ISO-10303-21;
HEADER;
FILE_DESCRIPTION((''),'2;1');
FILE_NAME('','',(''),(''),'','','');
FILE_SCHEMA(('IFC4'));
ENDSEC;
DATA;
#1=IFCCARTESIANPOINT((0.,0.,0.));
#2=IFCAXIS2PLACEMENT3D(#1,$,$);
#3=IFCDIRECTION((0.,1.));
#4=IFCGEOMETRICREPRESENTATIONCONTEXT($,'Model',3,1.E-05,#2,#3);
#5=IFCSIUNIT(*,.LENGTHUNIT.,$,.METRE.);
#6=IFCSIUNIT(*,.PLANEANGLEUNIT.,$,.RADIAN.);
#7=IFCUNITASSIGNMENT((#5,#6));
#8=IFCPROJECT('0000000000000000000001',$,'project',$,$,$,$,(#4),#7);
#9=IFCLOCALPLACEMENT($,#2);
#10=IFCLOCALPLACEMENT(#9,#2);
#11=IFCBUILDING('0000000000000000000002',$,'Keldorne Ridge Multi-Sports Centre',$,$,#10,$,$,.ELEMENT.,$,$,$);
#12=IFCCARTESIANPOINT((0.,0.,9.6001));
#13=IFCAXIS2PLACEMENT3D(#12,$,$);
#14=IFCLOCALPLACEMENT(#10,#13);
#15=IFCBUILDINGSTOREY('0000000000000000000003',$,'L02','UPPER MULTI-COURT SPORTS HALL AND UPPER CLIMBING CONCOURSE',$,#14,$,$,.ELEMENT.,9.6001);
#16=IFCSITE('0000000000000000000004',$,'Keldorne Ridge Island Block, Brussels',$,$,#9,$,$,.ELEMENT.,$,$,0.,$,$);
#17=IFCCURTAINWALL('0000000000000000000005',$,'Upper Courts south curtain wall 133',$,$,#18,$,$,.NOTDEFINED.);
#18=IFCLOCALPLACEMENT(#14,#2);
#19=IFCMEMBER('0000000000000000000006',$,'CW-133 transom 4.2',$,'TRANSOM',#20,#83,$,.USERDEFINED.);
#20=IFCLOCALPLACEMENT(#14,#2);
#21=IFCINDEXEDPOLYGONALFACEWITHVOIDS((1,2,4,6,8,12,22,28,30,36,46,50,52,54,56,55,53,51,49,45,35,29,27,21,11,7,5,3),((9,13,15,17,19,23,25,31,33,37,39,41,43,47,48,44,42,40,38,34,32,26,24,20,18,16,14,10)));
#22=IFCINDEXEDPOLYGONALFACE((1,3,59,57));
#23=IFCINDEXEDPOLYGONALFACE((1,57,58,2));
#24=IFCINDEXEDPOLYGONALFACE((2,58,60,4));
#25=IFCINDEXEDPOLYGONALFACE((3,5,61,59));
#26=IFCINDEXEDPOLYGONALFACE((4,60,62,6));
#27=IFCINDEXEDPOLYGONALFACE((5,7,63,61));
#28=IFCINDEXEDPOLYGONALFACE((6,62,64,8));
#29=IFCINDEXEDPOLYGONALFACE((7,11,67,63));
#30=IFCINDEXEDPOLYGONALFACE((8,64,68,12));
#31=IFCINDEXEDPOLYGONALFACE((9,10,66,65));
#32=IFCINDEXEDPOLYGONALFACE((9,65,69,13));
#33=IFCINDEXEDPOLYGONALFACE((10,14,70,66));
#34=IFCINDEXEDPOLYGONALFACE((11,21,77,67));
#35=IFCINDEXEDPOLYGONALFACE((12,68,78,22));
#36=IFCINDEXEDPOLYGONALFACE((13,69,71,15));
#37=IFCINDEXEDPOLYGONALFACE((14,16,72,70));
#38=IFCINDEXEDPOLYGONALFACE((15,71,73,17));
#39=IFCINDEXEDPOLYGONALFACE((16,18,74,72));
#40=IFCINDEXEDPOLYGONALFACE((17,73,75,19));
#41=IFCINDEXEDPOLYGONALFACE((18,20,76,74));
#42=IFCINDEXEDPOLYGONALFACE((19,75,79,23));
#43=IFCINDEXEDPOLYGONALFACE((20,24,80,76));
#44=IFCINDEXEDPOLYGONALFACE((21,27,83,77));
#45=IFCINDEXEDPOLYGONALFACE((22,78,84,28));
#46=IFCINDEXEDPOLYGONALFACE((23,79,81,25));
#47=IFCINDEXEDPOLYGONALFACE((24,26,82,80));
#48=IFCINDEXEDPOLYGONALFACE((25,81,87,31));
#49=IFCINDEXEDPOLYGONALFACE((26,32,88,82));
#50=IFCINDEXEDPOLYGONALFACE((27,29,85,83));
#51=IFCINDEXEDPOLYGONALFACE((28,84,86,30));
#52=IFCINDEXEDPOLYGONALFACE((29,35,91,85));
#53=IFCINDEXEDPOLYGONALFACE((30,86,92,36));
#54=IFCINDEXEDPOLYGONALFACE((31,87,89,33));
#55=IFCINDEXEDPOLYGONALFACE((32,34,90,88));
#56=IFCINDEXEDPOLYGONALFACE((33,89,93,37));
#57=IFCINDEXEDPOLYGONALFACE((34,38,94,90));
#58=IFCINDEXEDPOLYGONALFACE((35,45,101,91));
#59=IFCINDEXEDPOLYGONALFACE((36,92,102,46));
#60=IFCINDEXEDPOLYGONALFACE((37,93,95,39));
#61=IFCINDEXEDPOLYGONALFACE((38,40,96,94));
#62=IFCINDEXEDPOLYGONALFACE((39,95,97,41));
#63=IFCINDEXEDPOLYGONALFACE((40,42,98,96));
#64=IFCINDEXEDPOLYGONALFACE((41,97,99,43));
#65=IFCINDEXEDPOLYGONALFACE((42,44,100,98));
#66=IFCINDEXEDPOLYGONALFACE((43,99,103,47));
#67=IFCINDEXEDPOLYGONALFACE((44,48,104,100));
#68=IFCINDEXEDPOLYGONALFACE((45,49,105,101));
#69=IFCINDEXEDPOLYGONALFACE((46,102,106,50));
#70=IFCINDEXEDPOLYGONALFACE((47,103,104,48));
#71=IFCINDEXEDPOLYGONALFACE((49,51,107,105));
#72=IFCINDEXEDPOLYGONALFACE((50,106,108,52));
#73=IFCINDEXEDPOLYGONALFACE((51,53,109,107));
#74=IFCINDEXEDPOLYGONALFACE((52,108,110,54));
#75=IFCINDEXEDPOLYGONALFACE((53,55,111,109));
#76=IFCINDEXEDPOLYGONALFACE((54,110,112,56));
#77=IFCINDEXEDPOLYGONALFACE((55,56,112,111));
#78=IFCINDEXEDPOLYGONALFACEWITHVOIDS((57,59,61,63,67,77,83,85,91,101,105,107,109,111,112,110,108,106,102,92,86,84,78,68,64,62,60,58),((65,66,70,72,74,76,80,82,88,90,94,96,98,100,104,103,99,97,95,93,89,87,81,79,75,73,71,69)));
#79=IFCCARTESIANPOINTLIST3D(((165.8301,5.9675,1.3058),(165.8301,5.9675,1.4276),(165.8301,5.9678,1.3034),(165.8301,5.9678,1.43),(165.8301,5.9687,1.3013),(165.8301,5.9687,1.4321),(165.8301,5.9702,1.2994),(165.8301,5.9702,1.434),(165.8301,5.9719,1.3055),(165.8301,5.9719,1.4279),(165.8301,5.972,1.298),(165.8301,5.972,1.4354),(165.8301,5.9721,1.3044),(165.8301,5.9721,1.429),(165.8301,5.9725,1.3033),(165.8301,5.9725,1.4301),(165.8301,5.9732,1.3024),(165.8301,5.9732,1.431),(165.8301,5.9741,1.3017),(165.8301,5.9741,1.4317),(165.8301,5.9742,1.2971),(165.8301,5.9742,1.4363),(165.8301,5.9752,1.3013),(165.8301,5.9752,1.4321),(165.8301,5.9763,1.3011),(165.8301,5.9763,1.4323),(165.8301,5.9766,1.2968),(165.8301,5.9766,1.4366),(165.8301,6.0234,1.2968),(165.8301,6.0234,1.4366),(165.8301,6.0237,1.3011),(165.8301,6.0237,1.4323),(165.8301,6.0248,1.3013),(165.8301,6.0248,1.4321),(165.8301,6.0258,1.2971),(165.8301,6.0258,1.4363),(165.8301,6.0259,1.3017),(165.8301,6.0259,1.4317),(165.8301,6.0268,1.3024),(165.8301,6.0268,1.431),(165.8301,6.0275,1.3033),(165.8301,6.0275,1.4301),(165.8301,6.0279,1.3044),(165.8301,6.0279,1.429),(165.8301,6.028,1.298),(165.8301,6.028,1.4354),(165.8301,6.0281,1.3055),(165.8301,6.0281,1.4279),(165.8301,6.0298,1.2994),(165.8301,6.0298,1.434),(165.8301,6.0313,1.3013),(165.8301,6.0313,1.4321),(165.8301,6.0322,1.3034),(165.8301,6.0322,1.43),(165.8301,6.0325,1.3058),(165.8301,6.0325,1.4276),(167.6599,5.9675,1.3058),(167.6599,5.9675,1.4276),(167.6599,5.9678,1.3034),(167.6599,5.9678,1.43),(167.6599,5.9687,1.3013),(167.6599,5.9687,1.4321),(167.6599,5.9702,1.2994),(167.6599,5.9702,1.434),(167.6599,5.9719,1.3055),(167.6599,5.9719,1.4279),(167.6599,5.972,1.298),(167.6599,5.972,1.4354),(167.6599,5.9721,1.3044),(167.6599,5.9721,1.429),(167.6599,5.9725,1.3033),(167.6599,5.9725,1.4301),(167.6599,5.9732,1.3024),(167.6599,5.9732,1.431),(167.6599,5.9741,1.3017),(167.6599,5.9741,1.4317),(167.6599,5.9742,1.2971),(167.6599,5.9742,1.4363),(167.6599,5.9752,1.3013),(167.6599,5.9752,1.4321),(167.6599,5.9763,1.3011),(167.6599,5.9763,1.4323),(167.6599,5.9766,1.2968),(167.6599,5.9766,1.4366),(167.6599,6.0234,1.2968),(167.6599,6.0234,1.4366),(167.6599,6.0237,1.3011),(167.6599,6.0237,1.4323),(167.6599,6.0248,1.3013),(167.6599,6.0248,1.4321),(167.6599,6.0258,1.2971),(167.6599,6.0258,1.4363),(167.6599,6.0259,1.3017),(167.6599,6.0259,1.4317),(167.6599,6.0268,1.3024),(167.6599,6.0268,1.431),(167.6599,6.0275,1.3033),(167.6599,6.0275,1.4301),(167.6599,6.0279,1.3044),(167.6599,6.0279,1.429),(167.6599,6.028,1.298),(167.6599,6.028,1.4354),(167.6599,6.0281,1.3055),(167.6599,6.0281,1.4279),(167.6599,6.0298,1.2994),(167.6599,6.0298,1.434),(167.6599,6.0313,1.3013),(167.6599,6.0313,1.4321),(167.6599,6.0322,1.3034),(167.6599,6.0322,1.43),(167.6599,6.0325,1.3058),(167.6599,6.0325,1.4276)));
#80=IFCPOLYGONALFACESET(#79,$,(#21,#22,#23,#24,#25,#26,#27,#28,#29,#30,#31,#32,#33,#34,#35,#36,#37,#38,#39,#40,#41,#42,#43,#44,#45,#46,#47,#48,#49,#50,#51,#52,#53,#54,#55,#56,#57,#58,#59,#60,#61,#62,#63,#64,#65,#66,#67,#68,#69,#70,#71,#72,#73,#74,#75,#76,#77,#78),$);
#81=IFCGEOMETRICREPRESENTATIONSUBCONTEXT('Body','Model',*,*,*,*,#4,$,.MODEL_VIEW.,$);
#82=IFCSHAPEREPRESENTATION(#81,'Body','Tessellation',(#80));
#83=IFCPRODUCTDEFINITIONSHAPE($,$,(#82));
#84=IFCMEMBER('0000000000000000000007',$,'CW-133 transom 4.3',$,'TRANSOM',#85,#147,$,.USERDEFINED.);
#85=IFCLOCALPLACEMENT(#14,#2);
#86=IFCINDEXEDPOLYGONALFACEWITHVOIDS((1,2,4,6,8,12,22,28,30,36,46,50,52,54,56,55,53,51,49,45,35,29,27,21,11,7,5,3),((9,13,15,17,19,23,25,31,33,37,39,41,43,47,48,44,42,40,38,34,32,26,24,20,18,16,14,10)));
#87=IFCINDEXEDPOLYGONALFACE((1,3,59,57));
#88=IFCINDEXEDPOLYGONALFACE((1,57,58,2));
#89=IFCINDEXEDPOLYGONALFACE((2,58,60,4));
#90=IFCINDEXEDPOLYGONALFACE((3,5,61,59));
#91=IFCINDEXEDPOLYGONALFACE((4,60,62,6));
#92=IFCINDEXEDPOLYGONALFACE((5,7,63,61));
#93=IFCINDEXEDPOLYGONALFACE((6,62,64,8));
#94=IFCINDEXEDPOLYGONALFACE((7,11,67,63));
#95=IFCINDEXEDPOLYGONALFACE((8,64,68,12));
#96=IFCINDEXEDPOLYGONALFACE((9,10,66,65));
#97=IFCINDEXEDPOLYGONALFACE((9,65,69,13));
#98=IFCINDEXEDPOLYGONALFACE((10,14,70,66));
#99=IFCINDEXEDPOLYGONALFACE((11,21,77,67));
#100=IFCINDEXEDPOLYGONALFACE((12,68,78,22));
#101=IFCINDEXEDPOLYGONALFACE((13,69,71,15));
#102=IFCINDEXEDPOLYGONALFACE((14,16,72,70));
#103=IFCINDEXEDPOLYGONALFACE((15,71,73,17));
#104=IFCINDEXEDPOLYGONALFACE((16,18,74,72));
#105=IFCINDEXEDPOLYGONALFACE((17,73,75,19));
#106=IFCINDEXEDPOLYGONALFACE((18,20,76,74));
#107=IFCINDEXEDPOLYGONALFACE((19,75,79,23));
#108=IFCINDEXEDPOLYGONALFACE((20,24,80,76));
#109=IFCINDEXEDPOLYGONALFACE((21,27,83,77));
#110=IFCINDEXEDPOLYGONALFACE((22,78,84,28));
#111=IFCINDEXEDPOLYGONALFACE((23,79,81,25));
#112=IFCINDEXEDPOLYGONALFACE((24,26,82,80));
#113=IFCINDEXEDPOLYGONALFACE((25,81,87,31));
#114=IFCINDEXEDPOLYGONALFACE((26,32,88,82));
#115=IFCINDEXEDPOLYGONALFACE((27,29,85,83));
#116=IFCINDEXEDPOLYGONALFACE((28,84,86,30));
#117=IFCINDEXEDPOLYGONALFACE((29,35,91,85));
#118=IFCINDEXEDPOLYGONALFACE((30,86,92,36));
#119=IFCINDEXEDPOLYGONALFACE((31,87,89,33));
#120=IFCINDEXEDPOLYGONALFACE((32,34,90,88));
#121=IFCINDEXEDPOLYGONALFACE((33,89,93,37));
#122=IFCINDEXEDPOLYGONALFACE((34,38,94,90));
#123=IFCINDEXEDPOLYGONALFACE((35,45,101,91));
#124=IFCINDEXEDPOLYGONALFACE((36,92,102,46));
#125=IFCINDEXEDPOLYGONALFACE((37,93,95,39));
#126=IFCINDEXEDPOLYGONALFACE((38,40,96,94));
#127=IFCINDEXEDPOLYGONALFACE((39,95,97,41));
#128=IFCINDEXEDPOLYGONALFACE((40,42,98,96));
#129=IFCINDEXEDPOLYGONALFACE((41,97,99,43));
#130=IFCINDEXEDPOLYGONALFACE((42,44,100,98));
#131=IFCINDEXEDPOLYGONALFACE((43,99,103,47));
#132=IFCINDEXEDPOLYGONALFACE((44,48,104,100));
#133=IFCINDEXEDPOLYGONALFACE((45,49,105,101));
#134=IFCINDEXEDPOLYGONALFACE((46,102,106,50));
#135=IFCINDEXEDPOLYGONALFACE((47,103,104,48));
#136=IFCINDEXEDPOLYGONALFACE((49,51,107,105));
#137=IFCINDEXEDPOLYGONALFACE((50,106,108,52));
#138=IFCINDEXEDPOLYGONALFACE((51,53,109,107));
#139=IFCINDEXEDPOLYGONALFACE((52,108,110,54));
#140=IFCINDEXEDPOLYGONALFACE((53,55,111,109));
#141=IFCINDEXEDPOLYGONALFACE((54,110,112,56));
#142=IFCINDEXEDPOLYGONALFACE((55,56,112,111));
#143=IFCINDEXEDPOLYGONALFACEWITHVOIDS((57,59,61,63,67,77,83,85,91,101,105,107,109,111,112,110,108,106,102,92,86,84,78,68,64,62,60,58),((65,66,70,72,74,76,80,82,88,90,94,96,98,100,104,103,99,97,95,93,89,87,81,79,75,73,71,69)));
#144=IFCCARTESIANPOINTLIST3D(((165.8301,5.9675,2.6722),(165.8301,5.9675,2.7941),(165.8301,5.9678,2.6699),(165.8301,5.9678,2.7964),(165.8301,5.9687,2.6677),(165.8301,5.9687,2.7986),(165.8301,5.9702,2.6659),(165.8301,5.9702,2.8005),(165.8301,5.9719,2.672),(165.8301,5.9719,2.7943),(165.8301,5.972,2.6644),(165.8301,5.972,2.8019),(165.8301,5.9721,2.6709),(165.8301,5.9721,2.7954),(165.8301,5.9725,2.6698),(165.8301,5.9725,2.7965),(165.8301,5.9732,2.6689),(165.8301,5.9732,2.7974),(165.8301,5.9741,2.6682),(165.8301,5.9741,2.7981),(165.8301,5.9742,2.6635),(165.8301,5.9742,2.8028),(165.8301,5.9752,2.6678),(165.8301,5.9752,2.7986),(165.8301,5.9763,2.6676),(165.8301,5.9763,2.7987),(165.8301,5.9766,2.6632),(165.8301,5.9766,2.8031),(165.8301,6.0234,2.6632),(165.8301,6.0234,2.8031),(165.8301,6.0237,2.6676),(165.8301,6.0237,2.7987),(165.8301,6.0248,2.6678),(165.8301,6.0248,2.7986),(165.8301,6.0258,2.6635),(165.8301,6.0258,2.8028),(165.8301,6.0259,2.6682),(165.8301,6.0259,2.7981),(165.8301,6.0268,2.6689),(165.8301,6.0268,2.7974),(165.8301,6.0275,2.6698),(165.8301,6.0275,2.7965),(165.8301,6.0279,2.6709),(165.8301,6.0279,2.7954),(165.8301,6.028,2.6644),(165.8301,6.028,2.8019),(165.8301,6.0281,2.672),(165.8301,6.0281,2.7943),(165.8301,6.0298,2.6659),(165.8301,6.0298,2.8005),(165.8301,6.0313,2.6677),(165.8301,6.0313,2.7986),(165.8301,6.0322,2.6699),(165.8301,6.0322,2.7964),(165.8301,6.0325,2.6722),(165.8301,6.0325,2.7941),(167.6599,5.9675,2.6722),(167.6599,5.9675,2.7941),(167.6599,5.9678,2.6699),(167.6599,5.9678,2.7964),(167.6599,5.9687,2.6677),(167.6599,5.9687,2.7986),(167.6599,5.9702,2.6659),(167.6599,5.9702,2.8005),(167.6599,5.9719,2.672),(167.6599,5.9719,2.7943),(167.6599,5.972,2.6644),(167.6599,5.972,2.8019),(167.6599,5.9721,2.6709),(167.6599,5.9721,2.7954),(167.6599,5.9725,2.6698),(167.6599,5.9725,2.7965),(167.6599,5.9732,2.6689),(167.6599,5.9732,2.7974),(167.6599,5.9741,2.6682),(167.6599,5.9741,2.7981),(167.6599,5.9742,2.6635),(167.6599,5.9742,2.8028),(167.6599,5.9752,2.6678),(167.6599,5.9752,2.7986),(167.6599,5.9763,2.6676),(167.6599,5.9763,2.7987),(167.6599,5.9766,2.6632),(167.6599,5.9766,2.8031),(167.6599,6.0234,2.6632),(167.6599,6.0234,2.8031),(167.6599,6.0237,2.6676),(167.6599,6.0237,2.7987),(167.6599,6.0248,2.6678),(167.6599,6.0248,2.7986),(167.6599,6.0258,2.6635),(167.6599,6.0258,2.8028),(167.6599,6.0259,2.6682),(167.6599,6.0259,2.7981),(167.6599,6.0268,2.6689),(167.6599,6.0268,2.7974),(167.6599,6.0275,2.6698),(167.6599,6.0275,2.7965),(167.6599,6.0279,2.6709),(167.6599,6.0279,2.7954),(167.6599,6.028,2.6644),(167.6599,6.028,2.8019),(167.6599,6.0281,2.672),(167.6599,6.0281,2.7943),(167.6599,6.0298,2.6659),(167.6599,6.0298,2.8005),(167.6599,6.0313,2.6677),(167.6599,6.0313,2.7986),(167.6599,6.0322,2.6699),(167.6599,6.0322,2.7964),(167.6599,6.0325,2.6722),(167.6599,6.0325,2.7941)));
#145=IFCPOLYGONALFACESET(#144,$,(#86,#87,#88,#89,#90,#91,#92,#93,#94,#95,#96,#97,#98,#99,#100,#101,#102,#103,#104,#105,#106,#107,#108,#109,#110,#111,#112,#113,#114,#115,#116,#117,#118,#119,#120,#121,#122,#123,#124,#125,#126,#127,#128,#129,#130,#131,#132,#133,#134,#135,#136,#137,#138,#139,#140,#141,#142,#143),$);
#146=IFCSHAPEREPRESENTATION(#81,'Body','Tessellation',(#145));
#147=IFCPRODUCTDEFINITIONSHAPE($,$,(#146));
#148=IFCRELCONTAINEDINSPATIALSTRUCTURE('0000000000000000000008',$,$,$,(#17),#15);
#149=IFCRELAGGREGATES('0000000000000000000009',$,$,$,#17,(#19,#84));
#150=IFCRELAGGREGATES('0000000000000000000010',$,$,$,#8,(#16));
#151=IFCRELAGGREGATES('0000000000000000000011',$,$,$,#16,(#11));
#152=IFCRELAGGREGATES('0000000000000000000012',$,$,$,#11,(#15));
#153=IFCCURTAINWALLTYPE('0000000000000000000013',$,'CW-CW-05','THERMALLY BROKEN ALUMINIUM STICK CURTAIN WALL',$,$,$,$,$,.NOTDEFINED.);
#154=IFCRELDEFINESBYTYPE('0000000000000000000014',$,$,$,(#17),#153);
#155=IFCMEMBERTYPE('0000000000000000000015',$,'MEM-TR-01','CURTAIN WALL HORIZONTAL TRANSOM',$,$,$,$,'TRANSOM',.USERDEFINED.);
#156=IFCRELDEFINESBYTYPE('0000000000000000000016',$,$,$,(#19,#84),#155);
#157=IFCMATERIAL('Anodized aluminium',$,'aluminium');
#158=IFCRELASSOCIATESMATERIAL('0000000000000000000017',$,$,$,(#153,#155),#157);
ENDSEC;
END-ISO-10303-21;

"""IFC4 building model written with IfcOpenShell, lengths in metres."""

from ifc_helpers import new_model, si_unit, direction, frame, origin, origin_2d, place, context, subcontext, project, spatial, hollow_rectangle, extrude, material, material_profile, profile_set, type_object, element, aggregate, save


model = new_model("IFC4")

# Units and contexts
model_context = context("Model", 3, precision=1e-05, world=origin(), true_north=direction((0.0, 1.0)))
body_context = subcontext(model_context, "Body", "Model", "MODEL_VIEW")
ifc_project = project(units=[si_unit("LENGTHUNIT", "METRE"), si_unit("PLANEANGLEUNIT", "RADIAN")], contexts=[model_context])

# Site, building, storey
site_placement = place(None, origin())
site = spatial("IfcSite", under=ifc_project, at=site_placement, Name="Keldorne Ridge Island Block, Brussels", CompositionType="ELEMENT", RefElevation=0.0)
building_placement = place(site_placement, origin())
building = spatial("IfcBuilding", under=site, at=building_placement, Name="Keldorne Ridge Multi-Sports Centre", CompositionType="ELEMENT")
storey_placement = place(building_placement, frame((0.0, 0.0, 9.6001)))
storey = spatial("IfcBuildingStorey", under=building, at=storey_placement, Name="L02", Description="UPPER MULTI-COURT SPORTS HALL AND UPPER CLIMBING CONCOURSE", CompositionType="ELEMENT", Elevation=9.6001)

# Curtain wall, members
ifc_material_1 = material(Name="Anodized aluminium", Category="aluminium")
curtain_wall_type = type_object("IfcCurtainWallType", Name="CW-CW-05", Description="THERMALLY BROKEN ALUMINIUM STICK CURTAIN WALL", PredefinedType="NOTDEFINED", material=ifc_material_1)
curtain_wall_placement = place(storey_placement, origin())
curtain_wall = element("IfcCurtainWall", 1, at=curtain_wall_placement, inside=storey, type_object=curtain_wall_type, Name="Upper Courts south curtain wall 133", PredefinedType="NOTDEFINED")
ifc_material_profile_1 = material_profile(ifc_material_1, hollow_rectangle(XDim=0.0649, YDim=0.1399, WallThickness=0.0044, InnerFilletRadius=0.0044, OuterFilletRadius=0.009, at=origin_2d()), Name="ALU TRANSOM 140x65x4.5")
ifc_profile_set_1 = profile_set([ifc_material_profile_1], Name="Anodized aluminium")
member_type_1 = type_object("IfcMemberType", Name="MEM-TR-01", Description="CURTAIN WALL HORIZONTAL TRANSOM", ElementType="TRANSOM", PredefinedType="USERDEFINED", material=ifc_profile_set_1)
member_1_placement = place(storey_placement, frame((165.8301, 6.0, 1.3667), z_axis=(1.0, 0.0, 0.0), x_axis=(0.0, 1.0, 0.0)))
member_1 = element("IfcMember", 2, at=member_1_placement, type_object=member_type_1, Name="CW-133 transom 4.2", ObjectType="TRANSOM", PredefinedType="USERDEFINED", context=body_context, shape_type="SweptSolid", body=[
    extrude(hollow_rectangle(XDim=0.0649, YDim=0.1399, WallThickness=0.0044, InnerFilletRadius=0.0044, OuterFilletRadius=0.009, at=origin_2d()), origin(), (0.0, 0.0, 1.0), 1.8298),
])
member_2_placement = place(storey_placement, frame((165.8301, 6.0, 2.7332), z_axis=(1.0, 0.0, 0.0), x_axis=(0.0, 1.0, 0.0)))
member_2 = element("IfcMember", 3, at=member_2_placement, type_object=member_type_1, Name="CW-133 transom 4.3", ObjectType="TRANSOM", PredefinedType="USERDEFINED", context=body_context, shape_type="SweptSolid", body=[
    extrude(hollow_rectangle(XDim=0.0649, YDim=0.1399, WallThickness=0.0044, InnerFilletRadius=0.0044, OuterFilletRadius=0.009, at=origin_2d()), origin(), (0.0, 0.0, 1.0), 1.8298),
])
aggregate(curtain_wall, [member_1, member_2])

save(model, "model.ifc")
